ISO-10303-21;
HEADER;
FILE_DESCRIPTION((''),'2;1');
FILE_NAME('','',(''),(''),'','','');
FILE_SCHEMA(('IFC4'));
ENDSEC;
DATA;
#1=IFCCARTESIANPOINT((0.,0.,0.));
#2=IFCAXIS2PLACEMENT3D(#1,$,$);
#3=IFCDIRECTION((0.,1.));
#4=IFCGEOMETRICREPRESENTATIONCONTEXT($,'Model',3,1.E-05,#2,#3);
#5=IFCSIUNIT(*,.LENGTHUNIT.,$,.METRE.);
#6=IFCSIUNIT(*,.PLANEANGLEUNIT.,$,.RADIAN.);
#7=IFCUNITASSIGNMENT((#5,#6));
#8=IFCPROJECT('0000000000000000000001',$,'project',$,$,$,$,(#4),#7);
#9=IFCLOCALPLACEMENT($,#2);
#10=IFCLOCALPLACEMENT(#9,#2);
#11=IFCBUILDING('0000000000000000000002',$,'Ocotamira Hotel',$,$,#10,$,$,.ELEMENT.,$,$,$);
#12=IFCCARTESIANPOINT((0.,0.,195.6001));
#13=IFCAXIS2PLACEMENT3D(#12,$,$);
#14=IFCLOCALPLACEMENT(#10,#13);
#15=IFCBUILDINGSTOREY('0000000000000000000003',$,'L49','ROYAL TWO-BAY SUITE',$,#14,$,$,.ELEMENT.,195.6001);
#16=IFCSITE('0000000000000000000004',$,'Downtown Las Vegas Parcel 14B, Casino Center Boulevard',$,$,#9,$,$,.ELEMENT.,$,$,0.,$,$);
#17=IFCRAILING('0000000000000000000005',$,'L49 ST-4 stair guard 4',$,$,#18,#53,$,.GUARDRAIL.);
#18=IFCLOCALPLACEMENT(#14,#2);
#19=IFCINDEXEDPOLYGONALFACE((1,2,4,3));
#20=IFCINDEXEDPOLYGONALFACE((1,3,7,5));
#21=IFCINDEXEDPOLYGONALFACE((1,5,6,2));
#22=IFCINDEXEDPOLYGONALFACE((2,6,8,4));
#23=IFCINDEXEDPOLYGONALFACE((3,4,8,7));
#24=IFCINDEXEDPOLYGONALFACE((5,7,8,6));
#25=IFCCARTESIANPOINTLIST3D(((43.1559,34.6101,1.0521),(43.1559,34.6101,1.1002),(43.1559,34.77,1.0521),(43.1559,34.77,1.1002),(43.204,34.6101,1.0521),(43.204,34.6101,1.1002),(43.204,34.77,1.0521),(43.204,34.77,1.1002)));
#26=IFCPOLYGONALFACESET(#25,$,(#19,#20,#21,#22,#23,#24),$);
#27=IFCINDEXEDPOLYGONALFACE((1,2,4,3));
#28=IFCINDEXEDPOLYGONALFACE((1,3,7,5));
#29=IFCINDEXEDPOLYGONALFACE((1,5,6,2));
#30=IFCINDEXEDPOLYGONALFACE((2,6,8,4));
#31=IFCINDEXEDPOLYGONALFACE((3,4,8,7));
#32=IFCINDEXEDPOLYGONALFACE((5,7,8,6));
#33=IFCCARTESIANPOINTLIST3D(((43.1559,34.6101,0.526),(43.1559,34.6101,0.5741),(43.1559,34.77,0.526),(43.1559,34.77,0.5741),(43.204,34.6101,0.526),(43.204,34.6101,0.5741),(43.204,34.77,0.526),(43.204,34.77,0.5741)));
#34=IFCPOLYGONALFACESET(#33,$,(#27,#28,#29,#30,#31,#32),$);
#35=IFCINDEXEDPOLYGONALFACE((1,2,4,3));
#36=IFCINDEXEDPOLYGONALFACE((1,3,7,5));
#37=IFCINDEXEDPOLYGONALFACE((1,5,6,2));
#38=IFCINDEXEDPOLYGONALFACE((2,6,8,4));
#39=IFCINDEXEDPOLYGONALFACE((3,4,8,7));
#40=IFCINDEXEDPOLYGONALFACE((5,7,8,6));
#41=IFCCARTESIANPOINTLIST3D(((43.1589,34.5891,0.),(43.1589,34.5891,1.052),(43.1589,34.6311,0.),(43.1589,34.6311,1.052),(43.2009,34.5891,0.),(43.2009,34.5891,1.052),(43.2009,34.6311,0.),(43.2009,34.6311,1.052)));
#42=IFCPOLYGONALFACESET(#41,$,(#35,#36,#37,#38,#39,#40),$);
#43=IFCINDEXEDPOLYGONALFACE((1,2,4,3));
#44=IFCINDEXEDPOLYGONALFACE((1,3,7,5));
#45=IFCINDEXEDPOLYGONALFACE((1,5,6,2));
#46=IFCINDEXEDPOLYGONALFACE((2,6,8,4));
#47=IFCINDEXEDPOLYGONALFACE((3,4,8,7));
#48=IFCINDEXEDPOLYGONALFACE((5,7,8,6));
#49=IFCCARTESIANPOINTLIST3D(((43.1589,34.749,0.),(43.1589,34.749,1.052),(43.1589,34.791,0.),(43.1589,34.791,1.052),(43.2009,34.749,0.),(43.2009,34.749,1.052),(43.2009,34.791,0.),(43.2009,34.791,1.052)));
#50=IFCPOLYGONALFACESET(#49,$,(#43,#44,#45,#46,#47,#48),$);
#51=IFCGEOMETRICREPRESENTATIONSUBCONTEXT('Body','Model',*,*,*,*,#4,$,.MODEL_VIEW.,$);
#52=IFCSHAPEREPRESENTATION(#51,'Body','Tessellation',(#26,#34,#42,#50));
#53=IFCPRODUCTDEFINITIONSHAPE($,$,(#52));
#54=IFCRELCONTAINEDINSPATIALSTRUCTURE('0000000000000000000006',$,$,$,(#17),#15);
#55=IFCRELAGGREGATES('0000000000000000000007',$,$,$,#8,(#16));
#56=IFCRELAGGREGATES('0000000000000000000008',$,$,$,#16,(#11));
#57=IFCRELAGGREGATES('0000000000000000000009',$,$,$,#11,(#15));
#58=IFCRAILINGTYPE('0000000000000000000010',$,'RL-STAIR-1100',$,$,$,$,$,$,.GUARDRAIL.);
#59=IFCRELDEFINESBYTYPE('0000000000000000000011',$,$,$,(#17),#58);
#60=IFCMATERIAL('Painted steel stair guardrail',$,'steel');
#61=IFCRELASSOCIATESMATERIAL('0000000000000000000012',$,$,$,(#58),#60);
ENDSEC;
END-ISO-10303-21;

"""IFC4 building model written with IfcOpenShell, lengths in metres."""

from ifc_helpers import new_model, si_unit, direction, frame, origin, origin_2d, place, context, subcontext, project, spatial, rectangle, extrude, material, type_object, element, save


model = new_model("IFC4")

# Units and contexts
model_context = context("Model", 3, precision=1e-05, world=origin(), true_north=direction((0.0, 1.0)))
body_context = subcontext(model_context, "Body", "Model", "MODEL_VIEW")
ifc_project = project(units=[si_unit("LENGTHUNIT", "METRE"), si_unit("PLANEANGLEUNIT", "RADIAN")], contexts=[model_context])

# Site, building, storey
site_placement = place(None, origin())
site = spatial("IfcSite", under=ifc_project, at=site_placement, Name="Downtown Las Vegas Parcel 14B, Casino Center Boulevard", CompositionType="ELEMENT", RefElevation=0.0)
building_placement = place(site_placement, origin())
building = spatial("IfcBuilding", under=site, at=building_placement, Name="Ocotamira Hotel", CompositionType="ELEMENT")
storey_placement = place(building_placement, frame((0.0, 0.0, 195.6001)))
storey = spatial("IfcBuildingStorey", under=building, at=storey_placement, Name="L49", Description="ROYAL TWO-BAY SUITE", CompositionType="ELEMENT", Elevation=195.6001)

# Railing
ifc_material_1 = material(Name="Painted steel stair guardrail", Category="steel")
railing_type_1 = type_object("IfcRailingType", Name="RL-STAIR-1100", PredefinedType="GUARDRAIL", material=ifc_material_1)
railing_1_placement = place(storey_placement, frame((43.1799, 34.6101, 0.0)))
element("IfcRailing", 1, at=railing_1_placement, inside=storey, type_object=railing_type_1, Name="L49 ST-4 stair guard 4", PredefinedType="GUARDRAIL", context=body_context, shape_type="SweptSolid", body=[
    extrude(rectangle(XDim=0.0481, YDim=0.0481, at=origin_2d()), frame((0.0, 0.0, 1.0762), z_axis=(0.0, 1.0, 0.0), x_axis=(-1.0, 0.0, 0.0)), (0.0, 0.0, 1.0), 0.1599),
    extrude(rectangle(XDim=0.0481, YDim=0.0481, at=origin_2d()), frame((0.0, 0.0, 0.55), z_axis=(0.0, 1.0, 0.0), x_axis=(-1.0, 0.0, 0.0)), (0.0, 0.0, 1.0), 0.1599),
    extrude(rectangle(XDim=0.042, YDim=0.042, at=origin_2d()), origin(), (0.0, 0.0, 1.0), 1.052),
    extrude(rectangle(XDim=0.042, YDim=0.042, at=origin_2d()), frame((0.0, 0.1599, 0.0)), (0.0, 0.0, 1.0), 1.052),
])

save(model, "model.ifc")
